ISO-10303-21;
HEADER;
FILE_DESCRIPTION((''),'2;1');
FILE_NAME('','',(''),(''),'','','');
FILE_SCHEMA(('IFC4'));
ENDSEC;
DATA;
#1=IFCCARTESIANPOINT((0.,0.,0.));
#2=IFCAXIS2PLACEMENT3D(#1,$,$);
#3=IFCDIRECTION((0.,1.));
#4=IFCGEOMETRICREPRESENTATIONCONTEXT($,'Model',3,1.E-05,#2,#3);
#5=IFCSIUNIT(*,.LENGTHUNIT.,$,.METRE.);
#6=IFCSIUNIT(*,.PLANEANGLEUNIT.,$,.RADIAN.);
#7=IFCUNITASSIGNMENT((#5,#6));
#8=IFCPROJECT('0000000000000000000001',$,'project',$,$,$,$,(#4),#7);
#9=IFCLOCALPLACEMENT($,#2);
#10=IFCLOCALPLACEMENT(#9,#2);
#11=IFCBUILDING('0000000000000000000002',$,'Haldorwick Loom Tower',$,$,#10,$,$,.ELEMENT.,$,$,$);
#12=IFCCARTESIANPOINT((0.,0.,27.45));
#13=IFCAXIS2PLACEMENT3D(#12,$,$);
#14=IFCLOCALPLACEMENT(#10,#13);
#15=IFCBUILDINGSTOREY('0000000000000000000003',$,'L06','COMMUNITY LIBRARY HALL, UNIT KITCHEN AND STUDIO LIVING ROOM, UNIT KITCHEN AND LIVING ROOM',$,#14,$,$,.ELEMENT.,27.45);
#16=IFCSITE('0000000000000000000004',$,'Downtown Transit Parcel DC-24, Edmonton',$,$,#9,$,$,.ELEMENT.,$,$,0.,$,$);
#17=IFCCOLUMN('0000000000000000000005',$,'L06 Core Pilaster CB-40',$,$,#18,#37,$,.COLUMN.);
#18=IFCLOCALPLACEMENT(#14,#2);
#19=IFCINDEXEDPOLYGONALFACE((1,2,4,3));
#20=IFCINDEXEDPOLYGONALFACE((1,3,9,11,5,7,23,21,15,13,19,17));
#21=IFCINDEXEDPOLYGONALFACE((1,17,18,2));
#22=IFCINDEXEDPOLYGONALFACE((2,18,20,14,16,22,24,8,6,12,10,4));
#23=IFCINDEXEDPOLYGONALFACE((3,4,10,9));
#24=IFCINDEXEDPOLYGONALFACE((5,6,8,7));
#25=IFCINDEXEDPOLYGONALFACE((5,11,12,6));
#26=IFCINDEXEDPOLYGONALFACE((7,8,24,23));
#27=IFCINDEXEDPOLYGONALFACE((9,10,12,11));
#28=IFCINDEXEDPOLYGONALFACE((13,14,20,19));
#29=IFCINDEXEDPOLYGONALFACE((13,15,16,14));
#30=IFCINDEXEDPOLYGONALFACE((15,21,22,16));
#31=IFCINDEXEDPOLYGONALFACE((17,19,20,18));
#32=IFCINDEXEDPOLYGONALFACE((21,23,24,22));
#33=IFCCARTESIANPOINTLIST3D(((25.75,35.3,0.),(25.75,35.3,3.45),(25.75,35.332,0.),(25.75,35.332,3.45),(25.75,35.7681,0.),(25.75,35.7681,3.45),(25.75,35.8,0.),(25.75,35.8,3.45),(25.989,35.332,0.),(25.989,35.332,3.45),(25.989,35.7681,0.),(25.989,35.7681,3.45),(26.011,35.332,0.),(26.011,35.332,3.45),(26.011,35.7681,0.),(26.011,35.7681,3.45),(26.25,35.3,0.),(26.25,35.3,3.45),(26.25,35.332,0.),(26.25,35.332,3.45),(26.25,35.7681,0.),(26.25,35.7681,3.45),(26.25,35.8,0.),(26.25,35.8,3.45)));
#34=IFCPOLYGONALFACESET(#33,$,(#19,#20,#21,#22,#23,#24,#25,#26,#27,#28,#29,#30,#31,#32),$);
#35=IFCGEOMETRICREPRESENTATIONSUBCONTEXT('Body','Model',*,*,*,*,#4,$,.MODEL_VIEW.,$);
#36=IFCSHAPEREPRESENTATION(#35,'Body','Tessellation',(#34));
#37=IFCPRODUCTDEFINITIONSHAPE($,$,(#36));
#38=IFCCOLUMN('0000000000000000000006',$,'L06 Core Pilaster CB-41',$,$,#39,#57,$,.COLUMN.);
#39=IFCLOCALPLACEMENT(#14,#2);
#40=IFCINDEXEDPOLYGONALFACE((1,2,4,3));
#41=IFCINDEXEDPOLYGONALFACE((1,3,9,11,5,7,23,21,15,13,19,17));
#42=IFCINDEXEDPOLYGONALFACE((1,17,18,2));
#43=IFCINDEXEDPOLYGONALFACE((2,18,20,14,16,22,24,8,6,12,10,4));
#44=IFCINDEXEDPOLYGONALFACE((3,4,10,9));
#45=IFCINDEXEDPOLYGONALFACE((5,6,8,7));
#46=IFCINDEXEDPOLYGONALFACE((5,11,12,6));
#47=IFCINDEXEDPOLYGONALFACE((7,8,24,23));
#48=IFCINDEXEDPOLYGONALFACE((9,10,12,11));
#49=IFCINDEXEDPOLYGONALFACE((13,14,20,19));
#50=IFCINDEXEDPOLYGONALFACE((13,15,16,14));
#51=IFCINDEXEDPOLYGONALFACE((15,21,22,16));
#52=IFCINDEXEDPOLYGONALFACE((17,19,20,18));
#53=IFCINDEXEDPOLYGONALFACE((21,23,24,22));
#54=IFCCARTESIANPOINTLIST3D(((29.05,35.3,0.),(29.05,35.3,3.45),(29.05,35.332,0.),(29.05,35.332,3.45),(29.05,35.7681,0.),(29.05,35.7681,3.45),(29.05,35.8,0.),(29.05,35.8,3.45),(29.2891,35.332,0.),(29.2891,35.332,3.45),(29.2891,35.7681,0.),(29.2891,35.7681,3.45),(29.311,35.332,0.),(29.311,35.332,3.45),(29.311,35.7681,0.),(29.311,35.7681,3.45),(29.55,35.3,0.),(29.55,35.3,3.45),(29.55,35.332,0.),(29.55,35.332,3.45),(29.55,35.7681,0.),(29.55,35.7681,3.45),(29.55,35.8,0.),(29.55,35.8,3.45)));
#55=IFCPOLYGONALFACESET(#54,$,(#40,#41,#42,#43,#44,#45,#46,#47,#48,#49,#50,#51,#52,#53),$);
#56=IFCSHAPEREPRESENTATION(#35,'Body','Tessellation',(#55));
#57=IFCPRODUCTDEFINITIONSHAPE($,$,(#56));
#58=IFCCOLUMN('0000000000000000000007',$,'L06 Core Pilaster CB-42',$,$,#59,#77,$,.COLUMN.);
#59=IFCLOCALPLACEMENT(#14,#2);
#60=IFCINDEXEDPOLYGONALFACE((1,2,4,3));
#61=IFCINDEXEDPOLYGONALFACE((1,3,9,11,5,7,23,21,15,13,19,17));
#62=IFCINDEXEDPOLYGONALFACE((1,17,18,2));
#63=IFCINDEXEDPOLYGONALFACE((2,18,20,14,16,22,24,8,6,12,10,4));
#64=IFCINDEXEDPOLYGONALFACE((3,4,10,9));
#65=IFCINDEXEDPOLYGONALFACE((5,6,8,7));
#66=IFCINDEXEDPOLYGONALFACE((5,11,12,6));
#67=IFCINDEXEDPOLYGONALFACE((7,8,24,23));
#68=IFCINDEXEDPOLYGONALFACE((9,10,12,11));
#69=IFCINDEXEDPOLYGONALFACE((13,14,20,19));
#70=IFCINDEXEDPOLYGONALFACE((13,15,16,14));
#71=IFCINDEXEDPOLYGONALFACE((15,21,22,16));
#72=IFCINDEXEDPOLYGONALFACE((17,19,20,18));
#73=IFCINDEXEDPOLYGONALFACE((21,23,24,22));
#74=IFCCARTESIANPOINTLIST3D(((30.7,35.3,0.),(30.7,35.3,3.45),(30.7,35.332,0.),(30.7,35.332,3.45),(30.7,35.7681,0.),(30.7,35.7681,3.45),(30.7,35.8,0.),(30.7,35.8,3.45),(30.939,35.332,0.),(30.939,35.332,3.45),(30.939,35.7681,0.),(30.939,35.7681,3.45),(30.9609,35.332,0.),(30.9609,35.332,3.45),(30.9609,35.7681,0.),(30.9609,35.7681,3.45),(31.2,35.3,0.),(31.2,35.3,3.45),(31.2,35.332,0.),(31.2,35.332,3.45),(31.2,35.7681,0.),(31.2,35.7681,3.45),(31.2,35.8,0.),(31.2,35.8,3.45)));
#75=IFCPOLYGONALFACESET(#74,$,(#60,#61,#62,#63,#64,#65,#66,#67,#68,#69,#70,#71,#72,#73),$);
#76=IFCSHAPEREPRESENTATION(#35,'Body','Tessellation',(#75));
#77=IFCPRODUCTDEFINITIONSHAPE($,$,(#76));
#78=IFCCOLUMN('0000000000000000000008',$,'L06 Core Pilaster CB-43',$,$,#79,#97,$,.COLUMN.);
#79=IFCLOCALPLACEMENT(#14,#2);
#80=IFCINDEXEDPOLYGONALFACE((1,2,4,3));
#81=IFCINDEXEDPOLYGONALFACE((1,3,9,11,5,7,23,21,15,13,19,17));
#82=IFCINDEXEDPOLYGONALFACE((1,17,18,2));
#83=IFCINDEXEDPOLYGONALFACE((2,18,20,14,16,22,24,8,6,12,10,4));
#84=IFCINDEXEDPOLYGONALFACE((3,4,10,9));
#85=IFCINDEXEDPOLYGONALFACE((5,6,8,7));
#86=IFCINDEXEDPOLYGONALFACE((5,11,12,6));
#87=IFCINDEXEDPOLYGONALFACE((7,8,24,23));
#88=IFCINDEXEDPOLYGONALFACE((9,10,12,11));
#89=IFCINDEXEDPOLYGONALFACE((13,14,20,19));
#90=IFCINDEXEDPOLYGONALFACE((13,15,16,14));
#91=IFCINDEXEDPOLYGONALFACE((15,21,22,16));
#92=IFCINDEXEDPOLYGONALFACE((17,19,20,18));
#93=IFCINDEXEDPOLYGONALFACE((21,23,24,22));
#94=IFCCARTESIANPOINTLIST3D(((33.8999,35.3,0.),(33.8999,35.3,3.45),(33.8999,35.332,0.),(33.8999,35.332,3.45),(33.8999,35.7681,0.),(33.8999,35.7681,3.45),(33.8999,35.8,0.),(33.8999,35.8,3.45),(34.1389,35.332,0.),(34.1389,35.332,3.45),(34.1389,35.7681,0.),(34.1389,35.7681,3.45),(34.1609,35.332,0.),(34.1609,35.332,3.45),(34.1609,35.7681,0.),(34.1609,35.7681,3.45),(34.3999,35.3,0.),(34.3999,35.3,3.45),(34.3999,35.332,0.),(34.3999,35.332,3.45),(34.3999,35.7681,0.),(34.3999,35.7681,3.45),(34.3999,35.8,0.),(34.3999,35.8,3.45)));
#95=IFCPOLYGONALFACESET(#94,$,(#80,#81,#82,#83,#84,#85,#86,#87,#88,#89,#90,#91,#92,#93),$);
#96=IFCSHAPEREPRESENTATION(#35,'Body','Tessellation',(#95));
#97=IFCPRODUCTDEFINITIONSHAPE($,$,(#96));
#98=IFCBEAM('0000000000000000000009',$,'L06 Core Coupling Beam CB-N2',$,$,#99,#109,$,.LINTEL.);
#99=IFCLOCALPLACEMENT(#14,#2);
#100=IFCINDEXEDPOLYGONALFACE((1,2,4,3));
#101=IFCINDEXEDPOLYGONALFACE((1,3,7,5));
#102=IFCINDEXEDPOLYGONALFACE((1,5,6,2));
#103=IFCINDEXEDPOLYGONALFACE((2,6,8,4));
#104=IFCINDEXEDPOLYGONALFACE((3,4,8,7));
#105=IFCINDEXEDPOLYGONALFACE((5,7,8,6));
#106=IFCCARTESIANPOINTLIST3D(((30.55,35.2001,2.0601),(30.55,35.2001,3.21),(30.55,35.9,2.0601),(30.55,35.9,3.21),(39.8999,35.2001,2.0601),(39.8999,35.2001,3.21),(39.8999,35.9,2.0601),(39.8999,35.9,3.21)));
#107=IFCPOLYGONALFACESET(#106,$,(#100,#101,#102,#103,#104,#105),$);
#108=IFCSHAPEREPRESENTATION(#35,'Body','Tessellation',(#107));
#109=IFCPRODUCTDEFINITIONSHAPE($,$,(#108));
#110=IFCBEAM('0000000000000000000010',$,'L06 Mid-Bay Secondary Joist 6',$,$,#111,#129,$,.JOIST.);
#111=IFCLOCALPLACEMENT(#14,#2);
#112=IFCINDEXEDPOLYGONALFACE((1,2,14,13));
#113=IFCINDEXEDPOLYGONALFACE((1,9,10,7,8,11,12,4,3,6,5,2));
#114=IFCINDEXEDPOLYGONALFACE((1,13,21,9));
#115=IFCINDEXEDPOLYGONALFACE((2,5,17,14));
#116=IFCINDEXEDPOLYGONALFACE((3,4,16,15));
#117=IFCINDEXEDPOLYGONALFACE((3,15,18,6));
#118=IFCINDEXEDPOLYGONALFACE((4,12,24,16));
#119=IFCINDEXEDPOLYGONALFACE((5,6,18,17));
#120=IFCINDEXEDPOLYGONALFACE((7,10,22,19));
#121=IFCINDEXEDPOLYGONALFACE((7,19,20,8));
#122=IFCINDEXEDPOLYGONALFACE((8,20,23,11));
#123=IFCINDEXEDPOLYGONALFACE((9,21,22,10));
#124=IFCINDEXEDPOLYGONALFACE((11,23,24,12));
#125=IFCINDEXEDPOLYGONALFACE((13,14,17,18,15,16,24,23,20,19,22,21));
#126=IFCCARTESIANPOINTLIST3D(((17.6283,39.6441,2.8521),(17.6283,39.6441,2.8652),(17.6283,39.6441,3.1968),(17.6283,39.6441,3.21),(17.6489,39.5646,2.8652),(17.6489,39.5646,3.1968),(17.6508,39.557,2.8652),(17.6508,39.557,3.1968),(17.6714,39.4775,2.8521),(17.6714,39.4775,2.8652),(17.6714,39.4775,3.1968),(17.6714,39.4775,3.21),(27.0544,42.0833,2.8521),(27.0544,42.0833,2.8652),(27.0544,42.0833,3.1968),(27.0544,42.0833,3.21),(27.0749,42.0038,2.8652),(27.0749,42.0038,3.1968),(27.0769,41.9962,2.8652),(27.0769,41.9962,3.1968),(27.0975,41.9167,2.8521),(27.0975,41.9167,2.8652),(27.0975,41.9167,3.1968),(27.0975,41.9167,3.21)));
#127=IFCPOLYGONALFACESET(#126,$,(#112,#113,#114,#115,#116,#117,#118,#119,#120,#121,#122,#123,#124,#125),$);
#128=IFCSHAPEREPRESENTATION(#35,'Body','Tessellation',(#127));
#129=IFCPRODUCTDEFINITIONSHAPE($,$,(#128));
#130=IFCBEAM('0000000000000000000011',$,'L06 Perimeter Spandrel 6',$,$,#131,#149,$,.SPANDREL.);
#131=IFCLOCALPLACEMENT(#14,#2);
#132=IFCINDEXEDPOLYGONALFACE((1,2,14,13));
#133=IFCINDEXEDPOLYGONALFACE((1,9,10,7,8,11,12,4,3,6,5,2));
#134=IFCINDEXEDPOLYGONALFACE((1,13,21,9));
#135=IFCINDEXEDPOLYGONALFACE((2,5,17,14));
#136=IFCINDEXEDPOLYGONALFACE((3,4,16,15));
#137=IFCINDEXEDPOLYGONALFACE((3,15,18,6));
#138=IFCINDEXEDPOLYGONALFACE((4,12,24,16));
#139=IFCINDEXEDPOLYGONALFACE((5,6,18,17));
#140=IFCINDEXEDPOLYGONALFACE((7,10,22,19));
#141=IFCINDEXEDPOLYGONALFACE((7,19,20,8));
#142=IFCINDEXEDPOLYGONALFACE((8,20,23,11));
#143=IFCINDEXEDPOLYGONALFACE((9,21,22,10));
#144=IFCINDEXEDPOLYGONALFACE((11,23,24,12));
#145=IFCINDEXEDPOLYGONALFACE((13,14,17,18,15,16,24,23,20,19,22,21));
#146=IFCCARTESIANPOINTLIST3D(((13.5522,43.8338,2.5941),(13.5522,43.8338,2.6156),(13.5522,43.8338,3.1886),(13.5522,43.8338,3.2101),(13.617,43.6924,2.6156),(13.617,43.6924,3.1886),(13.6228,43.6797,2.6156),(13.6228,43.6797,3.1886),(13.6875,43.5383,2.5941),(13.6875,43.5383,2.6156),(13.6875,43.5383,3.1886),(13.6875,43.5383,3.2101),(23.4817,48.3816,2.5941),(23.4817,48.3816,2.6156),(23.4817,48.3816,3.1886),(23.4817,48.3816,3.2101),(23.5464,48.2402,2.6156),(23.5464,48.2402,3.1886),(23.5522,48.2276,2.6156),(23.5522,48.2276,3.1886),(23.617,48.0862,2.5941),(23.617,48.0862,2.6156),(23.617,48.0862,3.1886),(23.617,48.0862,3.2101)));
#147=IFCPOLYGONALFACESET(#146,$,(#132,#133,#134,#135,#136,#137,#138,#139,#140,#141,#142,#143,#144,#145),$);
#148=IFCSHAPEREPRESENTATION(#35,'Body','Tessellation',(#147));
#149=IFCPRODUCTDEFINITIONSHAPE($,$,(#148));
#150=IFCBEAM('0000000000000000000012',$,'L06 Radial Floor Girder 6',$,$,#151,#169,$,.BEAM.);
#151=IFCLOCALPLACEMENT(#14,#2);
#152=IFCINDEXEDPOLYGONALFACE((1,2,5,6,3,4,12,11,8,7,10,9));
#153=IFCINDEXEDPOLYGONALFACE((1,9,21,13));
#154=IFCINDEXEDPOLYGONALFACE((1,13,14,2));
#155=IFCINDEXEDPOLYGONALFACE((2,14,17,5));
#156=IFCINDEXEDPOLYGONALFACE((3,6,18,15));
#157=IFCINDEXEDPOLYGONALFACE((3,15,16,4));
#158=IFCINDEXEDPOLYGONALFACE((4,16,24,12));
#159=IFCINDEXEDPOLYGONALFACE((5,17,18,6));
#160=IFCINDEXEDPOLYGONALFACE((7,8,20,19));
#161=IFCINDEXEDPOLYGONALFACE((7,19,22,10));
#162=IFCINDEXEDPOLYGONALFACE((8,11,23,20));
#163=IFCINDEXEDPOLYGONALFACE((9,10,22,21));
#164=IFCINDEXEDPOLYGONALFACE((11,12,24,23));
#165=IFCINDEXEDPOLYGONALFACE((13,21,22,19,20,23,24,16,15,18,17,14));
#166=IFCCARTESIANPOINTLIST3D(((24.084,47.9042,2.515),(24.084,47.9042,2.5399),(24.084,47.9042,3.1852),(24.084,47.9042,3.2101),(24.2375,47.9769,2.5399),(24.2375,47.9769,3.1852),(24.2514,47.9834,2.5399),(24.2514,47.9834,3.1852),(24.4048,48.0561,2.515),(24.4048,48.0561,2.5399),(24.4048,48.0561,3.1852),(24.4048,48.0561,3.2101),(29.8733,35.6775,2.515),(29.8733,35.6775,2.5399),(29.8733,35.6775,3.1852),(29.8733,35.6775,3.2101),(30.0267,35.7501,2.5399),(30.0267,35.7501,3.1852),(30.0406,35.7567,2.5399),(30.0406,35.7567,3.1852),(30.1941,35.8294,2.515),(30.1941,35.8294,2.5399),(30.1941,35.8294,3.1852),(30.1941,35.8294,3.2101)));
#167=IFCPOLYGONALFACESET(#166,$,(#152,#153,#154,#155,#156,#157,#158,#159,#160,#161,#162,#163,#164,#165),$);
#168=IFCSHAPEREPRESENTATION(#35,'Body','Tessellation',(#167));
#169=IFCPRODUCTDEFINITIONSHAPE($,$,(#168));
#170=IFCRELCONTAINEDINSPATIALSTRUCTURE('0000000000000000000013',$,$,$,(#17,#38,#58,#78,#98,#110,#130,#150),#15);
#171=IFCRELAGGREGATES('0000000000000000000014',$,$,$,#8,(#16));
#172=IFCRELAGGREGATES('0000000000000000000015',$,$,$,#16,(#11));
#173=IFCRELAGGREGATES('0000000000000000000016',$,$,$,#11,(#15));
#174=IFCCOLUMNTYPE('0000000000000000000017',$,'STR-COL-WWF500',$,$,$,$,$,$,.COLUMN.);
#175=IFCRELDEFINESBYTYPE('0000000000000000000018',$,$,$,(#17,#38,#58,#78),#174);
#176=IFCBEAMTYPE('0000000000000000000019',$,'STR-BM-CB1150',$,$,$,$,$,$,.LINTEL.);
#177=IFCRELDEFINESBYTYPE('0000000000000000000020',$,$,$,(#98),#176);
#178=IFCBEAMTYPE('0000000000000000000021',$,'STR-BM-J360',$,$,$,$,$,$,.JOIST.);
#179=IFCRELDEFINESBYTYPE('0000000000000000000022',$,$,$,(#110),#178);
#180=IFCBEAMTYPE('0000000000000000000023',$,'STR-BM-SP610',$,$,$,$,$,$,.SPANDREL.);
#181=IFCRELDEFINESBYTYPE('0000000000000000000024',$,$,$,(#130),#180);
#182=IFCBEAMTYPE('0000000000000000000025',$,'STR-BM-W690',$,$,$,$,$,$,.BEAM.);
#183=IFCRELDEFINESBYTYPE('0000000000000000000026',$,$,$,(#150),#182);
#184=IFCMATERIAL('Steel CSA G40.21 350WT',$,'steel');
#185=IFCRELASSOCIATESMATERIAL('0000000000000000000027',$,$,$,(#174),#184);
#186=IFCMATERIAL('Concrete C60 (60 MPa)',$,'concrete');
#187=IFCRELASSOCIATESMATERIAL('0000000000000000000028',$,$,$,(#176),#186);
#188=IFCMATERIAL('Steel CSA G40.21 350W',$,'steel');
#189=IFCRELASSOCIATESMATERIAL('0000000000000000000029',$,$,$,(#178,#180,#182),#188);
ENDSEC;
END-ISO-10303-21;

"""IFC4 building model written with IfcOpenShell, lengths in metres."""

from ifc_helpers import new_model, si_unit, direction, frame, origin, origin_2d, place, context, subcontext, project, spatial, rectangle, i_section, extrude, material, material_profile, profile_set, type_object, element, save


model = new_model("IFC4")

# Units and contexts
model_context = context("Model", 3, precision=1e-05, world=origin(), true_north=direction((0.0, 1.0)))
body_context = subcontext(model_context, "Body", "Model", "MODEL_VIEW")
ifc_project = project(units=[si_unit("LENGTHUNIT", "METRE"), si_unit("PLANEANGLEUNIT", "RADIAN")], contexts=[model_context])

# Site, building, storey
site_placement = place(None, origin())
site = spatial("IfcSite", under=ifc_project, at=site_placement, Name="Downtown Transit Parcel DC-24, Edmonton", CompositionType="ELEMENT", RefElevation=0.0)
building_placement = place(site_placement, origin())
building = spatial("IfcBuilding", under=site, at=building_placement, Name="Haldorwick Loom Tower", CompositionType="ELEMENT")
storey_placement = place(building_placement, frame((0.0, 0.0, 27.45)))
storey = spatial("IfcBuildingStorey", under=building, at=storey_placement, Name="L06", Description="COMMUNITY LIBRARY HALL, UNIT KITCHEN AND STUDIO LIVING ROOM, UNIT KITCHEN AND LIVING ROOM", CompositionType="ELEMENT", Elevation=27.45)

# Columns
ifc_material_1 = material(Name="Concrete C60 (60 MPa)", Category="concrete")
ifc_material_2 = material(Name="Steel CSA G40.21 350WT", Category="steel")
ifc_material_profile_1 = material_profile(ifc_material_2, i_section(OverallWidth=0.5, OverallDepth=0.5, WebThickness=0.022, FlangeThickness=0.032, at=origin_2d()), Name="WWF500X500", Category="steel")
ifc_profile_set_1 = profile_set([ifc_material_profile_1], Name="Steel CSA G40.21 350WT")
column_type_1 = type_object("IfcColumnType", Name="STR-COL-WWF500", PredefinedType="COLUMN", material=ifc_profile_set_1)
for number, where, z_axis, x_axis, name in (
    (1, (26.0, 35.55, 0.0), (0.0, 0.0, 1.0), (1.0, 0.0, 0.0), "L06 Core Pilaster CB-40"),
    (2, (29.3, 35.55, 0.0), (0.0, 0.0, 1.0), (1.0, 0.0, 0.0), "L06 Core Pilaster CB-41"),
    (3, (30.95, 35.55, 0.0), (0.0, 0.0, 1.0), (1.0, 0.0, 0.0), "L06 Core Pilaster CB-42"),
    (4, (34.1499, 35.55, 0.0), (0.0, 0.0, 1.0), (1.0, 0.0, 0.0), "L06 Core Pilaster CB-43"),
):
    element("IfcColumn", number, at=place(storey_placement, frame(where, z_axis=z_axis, x_axis=x_axis)), inside=storey, type_object=column_type_1, Name=name, PredefinedType="COLUMN", context=body_context, shape_type="SweptSolid", body=[
        extrude(i_section(OverallWidth=0.5, OverallDepth=0.5, WebThickness=0.022, FlangeThickness=0.032, at=origin_2d()), origin(), (0.0, 0.0, 1.0), 3.45),
    ])

# Beams
ifc_material_profile_2 = material_profile(ifc_material_1, rectangle(XDim=0.7, YDim=1.1499, at=origin_2d()), Name="RC700X1150", Category="concrete")
ifc_profile_set_2 = profile_set([ifc_material_profile_2], Name="Concrete C60 (60 MPa)")
beam_type_1 = type_object("IfcBeamType", Name="STR-BM-CB1150", PredefinedType="LINTEL", material=ifc_profile_set_2)
beam_1_placement = place(storey_placement, frame((30.55, 35.55, 2.635), z_axis=(1.0, 0.0, 0.0), x_axis=(0.0, 1.0, 0.0)))
element("IfcBeam", 5, at=beam_1_placement, inside=storey, type_object=beam_type_1, Name="L06 Core Coupling Beam CB-N2", PredefinedType="LINTEL", context=body_context, shape_type="SweptSolid", body=[
    extrude(rectangle(XDim=0.7, YDim=1.1499, at=origin_2d()), origin(), (0.0, 0.0, 1.0), 9.3499),
])
ifc_material_3 = material(Name="Steel CSA G40.21 350W", Category="steel")
ifc_material_profile_3 = material_profile(ifc_material_3, i_section(OverallWidth=0.1721, OverallDepth=0.3579, WebThickness=0.0078, FlangeThickness=0.0132, at=origin_2d()), Name="W360X57", Category="steel")
ifc_profile_set_3 = profile_set([ifc_material_profile_3], Name="Steel CSA G40.21 350W")
beam_type_2 = type_object("IfcBeamType", Name="STR-BM-J360", PredefinedType="JOIST", material=ifc_profile_set_3)
beam_2_placement = place(storey_placement, frame((27.0759, 42.0, 3.031), z_axis=(-0.968111, -0.250522, 0.0), x_axis=(0.250522, -0.968111, 0.0)))
element("IfcBeam", 6, at=beam_2_placement, inside=storey, type_object=beam_type_2, Name="L06 Mid-Bay Secondary Joist 6", PredefinedType="JOIST", context=body_context, shape_type="SweptSolid", body=[
    extrude(i_section(OverallWidth=0.1721, OverallDepth=0.3579, WebThickness=0.0078, FlangeThickness=0.0132, at=origin_2d()), origin(), (0.0, 0.0, 1.0), 9.7366),
])
ifc_material_profile_4 = material_profile(ifc_material_3, i_section(OverallWidth=0.325, OverallDepth=0.616, WebThickness=0.0139, FlangeThickness=0.0215, at=origin_2d()), Name="W610X174", Category="steel")
ifc_profile_set_4 = profile_set([ifc_material_profile_4], Name="Steel CSA G40.21 350W")
beam_type_3 = type_object("IfcBeamType", Name="STR-BM-SP610", PredefinedType="SPANDREL", material=ifc_profile_set_4)
beam_3_placement = place(storey_placement, frame((23.5493, 48.2339, 2.9021), z_axis=(-0.909174, -0.416417, 0.0), x_axis=(0.416417, -0.909174, 0.0)))
element("IfcBeam", 7, at=beam_3_placement, inside=storey, type_object=beam_type_3, Name="L06 Perimeter Spandrel 6", PredefinedType="SPANDREL", context=body_context, shape_type="SweptSolid", body=[
    extrude(i_section(OverallWidth=0.325, OverallDepth=0.616, WebThickness=0.0139, FlangeThickness=0.0215, at=origin_2d()), origin(), (0.0, 0.0, 1.0), 10.9214),
])
ifc_material_profile_5 = material_profile(ifc_material_3, i_section(OverallWidth=0.355, OverallDepth=0.6951, WebThickness=0.0154, FlangeThickness=0.0249, at=origin_2d()), Name="W690X217", Category="steel")
ifc_profile_set_5 = profile_set([ifc_material_profile_5], Name="Steel CSA G40.21 350W")
beam_type_4 = type_object("IfcBeamType", Name="STR-BM-W690", PredefinedType="BEAM", material=ifc_profile_set_5)
beam_4_placement = place(storey_placement, frame((30.0337, 35.7534, 2.8625), z_axis=(-0.427945, 0.903805, 0.0), x_axis=(-0.903805, -0.427945, 0.0)))
element("IfcBeam", 8, at=beam_4_placement, inside=storey, type_object=beam_type_4, Name="L06 Radial Floor Girder 6", PredefinedType="BEAM", context=body_context, shape_type="SweptSolid", body=[
    extrude(i_section(OverallWidth=0.355, OverallDepth=0.6951, WebThickness=0.0154, FlangeThickness=0.0249, at=origin_2d()), origin(), (0.0, 0.0, 1.0), 13.5281),
])

save(model, "model.ifc")
